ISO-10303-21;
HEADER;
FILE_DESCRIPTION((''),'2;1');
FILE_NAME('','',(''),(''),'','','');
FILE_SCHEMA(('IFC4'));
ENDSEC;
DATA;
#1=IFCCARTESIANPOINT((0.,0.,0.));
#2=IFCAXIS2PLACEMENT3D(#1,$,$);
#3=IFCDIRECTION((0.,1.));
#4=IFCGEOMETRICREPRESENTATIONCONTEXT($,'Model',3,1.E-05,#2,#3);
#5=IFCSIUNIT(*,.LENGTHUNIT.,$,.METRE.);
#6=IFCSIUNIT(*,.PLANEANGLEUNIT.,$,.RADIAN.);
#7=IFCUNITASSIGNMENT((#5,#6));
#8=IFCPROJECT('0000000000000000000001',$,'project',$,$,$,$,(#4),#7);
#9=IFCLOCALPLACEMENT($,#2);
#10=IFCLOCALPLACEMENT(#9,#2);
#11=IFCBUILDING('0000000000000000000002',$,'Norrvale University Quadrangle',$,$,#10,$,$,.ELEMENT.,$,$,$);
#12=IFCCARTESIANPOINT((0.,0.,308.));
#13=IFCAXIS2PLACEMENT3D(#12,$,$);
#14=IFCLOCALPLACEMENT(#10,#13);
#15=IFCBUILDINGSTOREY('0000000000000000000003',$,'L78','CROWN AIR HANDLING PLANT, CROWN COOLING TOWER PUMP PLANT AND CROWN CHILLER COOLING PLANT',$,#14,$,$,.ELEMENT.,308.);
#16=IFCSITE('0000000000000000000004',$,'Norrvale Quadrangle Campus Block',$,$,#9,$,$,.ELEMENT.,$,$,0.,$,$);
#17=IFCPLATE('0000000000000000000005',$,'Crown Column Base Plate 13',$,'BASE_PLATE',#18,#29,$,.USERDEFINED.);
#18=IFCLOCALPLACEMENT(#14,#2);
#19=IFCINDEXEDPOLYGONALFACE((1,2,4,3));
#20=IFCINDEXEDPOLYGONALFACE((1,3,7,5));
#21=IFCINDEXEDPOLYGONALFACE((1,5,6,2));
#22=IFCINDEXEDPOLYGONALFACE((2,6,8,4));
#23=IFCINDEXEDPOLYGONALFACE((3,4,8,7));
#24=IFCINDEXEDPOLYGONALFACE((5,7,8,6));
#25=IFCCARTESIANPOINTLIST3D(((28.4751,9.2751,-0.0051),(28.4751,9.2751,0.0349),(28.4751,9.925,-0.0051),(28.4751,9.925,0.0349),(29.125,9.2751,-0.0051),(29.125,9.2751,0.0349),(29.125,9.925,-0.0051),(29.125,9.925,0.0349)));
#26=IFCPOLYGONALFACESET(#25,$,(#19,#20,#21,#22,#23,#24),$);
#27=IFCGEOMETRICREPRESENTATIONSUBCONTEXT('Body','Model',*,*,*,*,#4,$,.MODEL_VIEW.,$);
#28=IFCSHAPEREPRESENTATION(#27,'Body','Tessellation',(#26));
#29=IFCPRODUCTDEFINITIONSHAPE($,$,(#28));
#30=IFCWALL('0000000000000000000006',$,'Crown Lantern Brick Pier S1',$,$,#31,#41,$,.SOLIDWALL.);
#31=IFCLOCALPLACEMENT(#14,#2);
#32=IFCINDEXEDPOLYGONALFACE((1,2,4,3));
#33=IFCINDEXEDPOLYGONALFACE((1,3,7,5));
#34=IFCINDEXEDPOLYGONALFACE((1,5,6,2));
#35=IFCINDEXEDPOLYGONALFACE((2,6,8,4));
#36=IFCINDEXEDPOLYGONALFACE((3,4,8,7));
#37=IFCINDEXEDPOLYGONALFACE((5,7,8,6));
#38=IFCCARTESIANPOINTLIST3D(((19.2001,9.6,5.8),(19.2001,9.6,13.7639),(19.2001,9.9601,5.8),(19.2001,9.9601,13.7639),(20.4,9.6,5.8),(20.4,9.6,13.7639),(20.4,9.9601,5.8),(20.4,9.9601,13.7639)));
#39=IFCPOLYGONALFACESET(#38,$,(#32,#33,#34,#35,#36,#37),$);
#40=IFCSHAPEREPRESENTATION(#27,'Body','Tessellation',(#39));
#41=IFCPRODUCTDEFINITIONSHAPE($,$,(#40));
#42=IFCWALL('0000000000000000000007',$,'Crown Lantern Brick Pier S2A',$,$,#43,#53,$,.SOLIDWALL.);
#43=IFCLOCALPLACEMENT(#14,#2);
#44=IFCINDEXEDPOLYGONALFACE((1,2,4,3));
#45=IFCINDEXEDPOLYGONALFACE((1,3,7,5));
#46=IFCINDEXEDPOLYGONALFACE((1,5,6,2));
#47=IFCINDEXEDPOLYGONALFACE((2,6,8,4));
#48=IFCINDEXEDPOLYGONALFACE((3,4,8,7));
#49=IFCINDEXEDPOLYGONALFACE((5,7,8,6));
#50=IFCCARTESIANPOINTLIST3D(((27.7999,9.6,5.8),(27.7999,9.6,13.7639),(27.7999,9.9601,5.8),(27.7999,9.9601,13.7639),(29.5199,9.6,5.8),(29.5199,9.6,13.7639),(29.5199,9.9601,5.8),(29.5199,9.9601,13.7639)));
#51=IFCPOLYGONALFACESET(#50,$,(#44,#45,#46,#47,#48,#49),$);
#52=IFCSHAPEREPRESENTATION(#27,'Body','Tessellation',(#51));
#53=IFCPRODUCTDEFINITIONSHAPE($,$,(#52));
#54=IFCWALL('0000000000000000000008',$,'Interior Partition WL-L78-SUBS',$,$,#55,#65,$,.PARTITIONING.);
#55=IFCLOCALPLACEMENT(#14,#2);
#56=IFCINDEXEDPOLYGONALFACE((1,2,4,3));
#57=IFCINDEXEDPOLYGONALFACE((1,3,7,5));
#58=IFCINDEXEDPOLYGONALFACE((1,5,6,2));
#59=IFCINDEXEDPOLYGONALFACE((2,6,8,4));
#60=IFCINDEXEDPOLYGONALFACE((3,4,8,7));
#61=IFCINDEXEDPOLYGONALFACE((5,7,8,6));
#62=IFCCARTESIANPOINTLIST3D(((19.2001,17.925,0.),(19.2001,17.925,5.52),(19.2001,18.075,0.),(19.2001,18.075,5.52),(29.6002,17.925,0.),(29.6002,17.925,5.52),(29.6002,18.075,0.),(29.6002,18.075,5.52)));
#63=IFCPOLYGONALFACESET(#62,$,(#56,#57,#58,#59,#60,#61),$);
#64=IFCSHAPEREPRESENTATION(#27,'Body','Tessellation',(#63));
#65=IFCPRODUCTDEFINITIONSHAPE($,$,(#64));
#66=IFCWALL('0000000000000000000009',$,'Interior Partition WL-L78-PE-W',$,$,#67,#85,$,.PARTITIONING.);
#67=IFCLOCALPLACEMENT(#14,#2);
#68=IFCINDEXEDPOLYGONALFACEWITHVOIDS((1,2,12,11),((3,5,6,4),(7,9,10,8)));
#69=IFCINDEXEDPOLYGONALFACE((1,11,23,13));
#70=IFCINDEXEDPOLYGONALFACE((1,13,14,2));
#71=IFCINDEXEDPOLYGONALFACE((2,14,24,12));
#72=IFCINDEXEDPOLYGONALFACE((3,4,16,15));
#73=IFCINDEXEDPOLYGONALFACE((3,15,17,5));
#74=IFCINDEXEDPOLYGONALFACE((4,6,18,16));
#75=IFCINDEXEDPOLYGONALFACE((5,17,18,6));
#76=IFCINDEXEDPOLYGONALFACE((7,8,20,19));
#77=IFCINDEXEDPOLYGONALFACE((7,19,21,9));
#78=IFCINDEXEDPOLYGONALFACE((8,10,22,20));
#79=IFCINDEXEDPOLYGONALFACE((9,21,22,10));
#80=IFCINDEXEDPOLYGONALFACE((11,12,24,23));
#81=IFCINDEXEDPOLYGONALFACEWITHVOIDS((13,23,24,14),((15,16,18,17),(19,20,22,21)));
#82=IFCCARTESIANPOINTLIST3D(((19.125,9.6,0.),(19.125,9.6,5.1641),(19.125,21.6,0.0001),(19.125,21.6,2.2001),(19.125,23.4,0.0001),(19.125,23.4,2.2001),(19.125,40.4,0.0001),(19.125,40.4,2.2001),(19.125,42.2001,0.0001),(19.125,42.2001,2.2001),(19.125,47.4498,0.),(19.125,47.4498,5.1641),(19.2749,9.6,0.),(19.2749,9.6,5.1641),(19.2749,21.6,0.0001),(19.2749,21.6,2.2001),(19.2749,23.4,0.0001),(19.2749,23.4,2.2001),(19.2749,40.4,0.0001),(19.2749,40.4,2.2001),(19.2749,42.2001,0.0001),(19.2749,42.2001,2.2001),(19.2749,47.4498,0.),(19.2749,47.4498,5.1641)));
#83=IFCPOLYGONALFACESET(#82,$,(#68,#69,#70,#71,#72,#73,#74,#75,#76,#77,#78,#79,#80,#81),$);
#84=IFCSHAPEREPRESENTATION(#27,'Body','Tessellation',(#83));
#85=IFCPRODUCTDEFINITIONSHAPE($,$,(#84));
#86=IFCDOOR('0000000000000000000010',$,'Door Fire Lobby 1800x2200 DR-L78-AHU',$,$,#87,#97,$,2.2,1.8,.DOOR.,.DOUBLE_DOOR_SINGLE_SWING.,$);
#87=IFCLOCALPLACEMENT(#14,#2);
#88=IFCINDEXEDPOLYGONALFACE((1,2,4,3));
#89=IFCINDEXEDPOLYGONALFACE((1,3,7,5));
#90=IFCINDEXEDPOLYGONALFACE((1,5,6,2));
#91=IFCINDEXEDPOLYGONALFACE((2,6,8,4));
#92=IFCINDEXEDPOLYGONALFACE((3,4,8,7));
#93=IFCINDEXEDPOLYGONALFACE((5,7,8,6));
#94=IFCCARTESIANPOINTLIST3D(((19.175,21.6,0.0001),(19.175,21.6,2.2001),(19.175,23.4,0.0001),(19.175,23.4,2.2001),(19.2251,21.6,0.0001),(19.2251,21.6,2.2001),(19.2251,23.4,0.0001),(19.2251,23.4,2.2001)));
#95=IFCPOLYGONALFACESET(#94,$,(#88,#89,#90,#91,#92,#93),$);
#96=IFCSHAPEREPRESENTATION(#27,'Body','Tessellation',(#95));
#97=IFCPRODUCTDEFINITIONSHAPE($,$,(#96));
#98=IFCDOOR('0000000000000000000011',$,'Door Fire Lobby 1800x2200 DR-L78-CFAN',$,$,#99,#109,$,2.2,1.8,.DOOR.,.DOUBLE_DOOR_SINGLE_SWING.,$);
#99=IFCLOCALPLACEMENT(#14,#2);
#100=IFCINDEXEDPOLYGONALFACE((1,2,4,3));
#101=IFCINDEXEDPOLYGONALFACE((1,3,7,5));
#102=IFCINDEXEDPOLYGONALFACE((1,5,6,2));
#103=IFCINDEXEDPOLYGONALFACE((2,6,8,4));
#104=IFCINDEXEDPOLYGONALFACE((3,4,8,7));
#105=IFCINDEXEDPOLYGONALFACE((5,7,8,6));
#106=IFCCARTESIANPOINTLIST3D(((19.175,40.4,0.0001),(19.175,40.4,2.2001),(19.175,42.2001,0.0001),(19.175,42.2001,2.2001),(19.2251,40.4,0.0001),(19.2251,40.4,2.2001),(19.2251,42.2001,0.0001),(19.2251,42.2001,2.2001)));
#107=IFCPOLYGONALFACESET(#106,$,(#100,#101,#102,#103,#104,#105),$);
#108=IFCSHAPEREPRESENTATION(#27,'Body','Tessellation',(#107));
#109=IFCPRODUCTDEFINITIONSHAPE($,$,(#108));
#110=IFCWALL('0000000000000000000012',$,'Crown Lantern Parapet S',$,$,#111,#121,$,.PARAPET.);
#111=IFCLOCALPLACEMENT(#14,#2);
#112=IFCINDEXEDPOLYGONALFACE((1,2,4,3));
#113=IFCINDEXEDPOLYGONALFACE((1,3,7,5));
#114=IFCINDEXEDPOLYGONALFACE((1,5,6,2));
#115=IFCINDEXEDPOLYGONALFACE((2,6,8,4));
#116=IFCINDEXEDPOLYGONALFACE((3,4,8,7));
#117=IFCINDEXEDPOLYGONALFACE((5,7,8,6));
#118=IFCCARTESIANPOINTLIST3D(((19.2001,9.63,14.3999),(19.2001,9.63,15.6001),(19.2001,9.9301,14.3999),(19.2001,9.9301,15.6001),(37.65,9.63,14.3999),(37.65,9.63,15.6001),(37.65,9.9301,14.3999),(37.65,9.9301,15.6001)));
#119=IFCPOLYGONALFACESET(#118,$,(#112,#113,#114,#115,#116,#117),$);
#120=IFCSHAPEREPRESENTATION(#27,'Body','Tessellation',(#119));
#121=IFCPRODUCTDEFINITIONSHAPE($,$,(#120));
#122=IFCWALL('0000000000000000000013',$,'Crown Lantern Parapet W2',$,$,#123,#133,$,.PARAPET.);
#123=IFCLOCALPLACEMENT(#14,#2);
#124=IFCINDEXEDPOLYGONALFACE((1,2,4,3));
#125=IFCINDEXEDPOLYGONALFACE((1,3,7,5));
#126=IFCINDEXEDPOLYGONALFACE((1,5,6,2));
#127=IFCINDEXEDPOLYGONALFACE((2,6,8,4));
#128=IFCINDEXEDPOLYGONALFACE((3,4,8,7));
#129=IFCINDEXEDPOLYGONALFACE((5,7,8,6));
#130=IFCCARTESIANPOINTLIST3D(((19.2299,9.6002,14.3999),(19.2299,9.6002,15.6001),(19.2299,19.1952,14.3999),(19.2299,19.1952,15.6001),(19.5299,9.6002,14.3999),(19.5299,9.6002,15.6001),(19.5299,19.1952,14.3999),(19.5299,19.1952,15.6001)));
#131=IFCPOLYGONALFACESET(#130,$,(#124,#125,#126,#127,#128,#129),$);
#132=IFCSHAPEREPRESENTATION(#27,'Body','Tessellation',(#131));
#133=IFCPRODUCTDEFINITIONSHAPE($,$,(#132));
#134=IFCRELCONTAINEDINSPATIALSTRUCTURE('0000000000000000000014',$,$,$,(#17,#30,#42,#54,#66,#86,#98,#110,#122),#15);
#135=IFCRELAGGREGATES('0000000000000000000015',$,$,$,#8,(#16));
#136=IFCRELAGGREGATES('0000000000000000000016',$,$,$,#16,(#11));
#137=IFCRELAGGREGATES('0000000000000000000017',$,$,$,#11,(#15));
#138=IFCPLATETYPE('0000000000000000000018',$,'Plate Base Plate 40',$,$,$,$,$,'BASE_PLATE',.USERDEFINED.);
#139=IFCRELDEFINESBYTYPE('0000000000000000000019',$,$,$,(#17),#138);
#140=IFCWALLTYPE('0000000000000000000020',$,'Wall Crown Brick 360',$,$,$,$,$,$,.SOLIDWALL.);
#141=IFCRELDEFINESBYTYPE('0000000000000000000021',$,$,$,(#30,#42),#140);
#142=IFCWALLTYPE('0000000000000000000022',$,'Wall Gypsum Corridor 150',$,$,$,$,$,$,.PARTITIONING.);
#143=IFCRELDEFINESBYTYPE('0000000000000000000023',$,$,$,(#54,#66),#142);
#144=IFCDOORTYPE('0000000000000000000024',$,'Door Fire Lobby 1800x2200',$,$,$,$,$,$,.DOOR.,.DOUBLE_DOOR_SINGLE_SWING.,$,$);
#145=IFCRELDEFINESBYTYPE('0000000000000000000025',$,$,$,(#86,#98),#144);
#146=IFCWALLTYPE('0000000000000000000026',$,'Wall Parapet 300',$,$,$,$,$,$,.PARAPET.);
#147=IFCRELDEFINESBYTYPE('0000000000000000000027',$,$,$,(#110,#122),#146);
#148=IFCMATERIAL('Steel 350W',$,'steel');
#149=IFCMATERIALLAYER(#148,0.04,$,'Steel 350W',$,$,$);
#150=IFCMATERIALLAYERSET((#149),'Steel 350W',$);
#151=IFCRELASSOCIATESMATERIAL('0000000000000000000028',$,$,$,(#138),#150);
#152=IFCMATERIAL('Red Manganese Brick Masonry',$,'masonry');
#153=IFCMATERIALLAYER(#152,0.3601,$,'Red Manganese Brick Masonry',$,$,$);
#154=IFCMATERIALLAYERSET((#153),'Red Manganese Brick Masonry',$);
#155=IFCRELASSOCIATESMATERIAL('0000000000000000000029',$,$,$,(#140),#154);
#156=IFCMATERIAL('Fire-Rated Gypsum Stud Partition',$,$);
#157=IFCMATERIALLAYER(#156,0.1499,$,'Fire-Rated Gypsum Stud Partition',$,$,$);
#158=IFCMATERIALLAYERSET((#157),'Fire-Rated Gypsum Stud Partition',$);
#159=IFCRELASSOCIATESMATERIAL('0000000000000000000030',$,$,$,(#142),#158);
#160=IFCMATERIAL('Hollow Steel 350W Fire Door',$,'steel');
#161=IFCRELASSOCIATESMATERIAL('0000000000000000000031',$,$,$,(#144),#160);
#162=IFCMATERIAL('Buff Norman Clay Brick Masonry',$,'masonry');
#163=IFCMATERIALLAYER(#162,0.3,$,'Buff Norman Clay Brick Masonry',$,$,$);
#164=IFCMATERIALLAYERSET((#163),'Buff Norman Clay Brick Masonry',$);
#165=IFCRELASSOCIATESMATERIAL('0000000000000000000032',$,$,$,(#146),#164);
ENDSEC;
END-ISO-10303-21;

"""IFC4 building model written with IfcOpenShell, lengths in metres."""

from ifc_helpers import new_model, si_unit, direction, frame, frame_2d, origin, origin_2d, place, context, subcontext, project, spatial, rectangle, extrude, material, layer, layer_set, type_object, element, fill, save


model = new_model("IFC4")

# Units and contexts
model_context = context("Model", 3, precision=1e-05, world=origin(), true_north=direction((0.0, 1.0)))
body_context = subcontext(model_context, "Body", "Model", "MODEL_VIEW")
ifc_project = project(units=[si_unit("LENGTHUNIT", "METRE"), si_unit("PLANEANGLEUNIT", "RADIAN")], contexts=[model_context])

# Site, building, storey
site_placement = place(None, origin())
site = spatial("IfcSite", under=ifc_project, at=site_placement, Name="Norrvale Quadrangle Campus Block", CompositionType="ELEMENT", RefElevation=0.0)
building_placement = place(site_placement, origin())
building = spatial("IfcBuilding", under=site, at=building_placement, Name="Norrvale University Quadrangle", CompositionType="ELEMENT")
storey_placement = place(building_placement, frame((0.0, 0.0, 308.0)))
storey = spatial("IfcBuildingStorey", under=building, at=storey_placement, Name="L78", Description="CROWN AIR HANDLING PLANT, CROWN COOLING TOWER PUMP PLANT AND CROWN CHILLER COOLING PLANT", CompositionType="ELEMENT", Elevation=308.0)

# Shared definitions
ifc_material_1 = material(Name="Steel 350W", Category="steel")

# Plate
ifc_layer_1 = layer(ifc_material_1, 0.04, Name="Steel 350W")
ifc_layer_set_1 = layer_set([ifc_layer_1], Name="Steel 350W")
plate_type_1 = type_object("IfcPlateType", Name="Plate Base Plate 40", ElementType="BASE_PLATE", PredefinedType="USERDEFINED", material=ifc_layer_set_1)
plate_1_placement = place(storey_placement, frame((28.8, 9.6001, -0.0051), z_axis=(0.0, 0.0, 1.0), x_axis=(1.0, 0.0, 0.0)))
element("IfcPlate", 1, at=plate_1_placement, inside=storey, type_object=plate_type_1, Name="Crown Column Base Plate 13", ObjectType="BASE_PLATE", PredefinedType="USERDEFINED", context=body_context, shape_type="SweptSolid", body=[
    extrude(rectangle(XDim=0.6499, YDim=0.6499, at=origin_2d()), origin(), (0.0, 0.0, 1.0), 0.04),
])

# Walls
ifc_material_2 = material(Name="Red Manganese Brick Masonry", Category="masonry")
ifc_layer_2 = layer(ifc_material_2, 0.3601, Name="Red Manganese Brick Masonry")
ifc_layer_set_2 = layer_set([ifc_layer_2], Name="Red Manganese Brick Masonry")
wall_type_1 = type_object("IfcWallType", Name="Wall Crown Brick 360", PredefinedType="SOLIDWALL", material=ifc_layer_set_2)
wall_1_placement = place(storey_placement, frame((19.2, 9.78, 5.8), z_axis=(0.0, 0.0, 1.0), x_axis=(1.0, 0.0, 0.0)))
element("IfcWall", 2, at=wall_1_placement, inside=storey, type_object=wall_type_1, Name="Crown Lantern Brick Pier S1", PredefinedType="SOLIDWALL", context=body_context, shape_type="SweptSolid", body=[
    extrude(rectangle(XDim=1.2, YDim=0.3601, at=frame_2d((0.6001, 0.0))), origin(), (0.0, 0.0, 1.0), 7.9639),
])
wall_2_placement = place(storey_placement, frame((27.8, 9.78, 5.8), z_axis=(0.0, 0.0, 1.0), x_axis=(1.0, 0.0, 0.0)))
element("IfcWall", 3, at=wall_2_placement, inside=storey, type_object=wall_type_1, Name="Crown Lantern Brick Pier S2A", PredefinedType="SOLIDWALL", context=body_context, shape_type="SweptSolid", body=[
    extrude(rectangle(XDim=1.72, YDim=0.3601, at=frame_2d((0.8599, 0.0))), origin(), (0.0, 0.0, 1.0), 7.9639),
])
ifc_material_3 = material(Name="Fire-Rated Gypsum Stud Partition")
ifc_layer_3 = layer(ifc_material_3, 0.1499, Name="Fire-Rated Gypsum Stud Partition")
ifc_layer_set_3 = layer_set([ifc_layer_3], Name="Fire-Rated Gypsum Stud Partition")
wall_type_2 = type_object("IfcWallType", Name="Wall Gypsum Corridor 150", PredefinedType="PARTITIONING", material=ifc_layer_set_3)
wall_3_placement = place(storey_placement, frame((19.2, 18.0, 0.0), z_axis=(0.0, 0.0, 1.0), x_axis=(1.0, 0.0, 0.0)))
element("IfcWall", 4, at=wall_3_placement, inside=storey, type_object=wall_type_2, Name="Interior Partition WL-L78-SUBS", PredefinedType="PARTITIONING", context=body_context, shape_type="SweptSolid", body=[
    extrude(rectangle(XDim=10.4001, YDim=0.1499, at=frame_2d((5.2002, 0.0))), origin(), (0.0, 0.0, 1.0), 5.52),
])

# Wall, openings, doors
wall_4_placement = place(storey_placement, frame((19.2, 9.6001, 0.0), z_axis=(0.0, 0.0, 1.0), x_axis=(0.0, 1.0, 0.0)))
wall_4 = element("IfcWall", 5, at=wall_4_placement, inside=storey, type_object=wall_type_2, Name="Interior Partition WL-L78-PE-W", PredefinedType="PARTITIONING", context=body_context, shape_type="SweptSolid", body=[
    extrude(rectangle(XDim=37.8499, YDim=0.1499, at=frame_2d((18.9248, 0.0))), origin(), (0.0, 0.0, 1.0), 5.1641),
])
opening_1_placement = place(wall_4_placement, frame((12.0, 0.0, 0.0)))
opening_1 = element("IfcOpeningElement", 6, at=opening_1_placement, cuts=wall_4, PredefinedType="OPENING", context=body_context, shape_type="SweptSolid", body=[
    extrude(rectangle(XDim=1.8, YDim=2.2, at=frame_2d((0.8999, 1.1001))), frame((0.0, 0.0869, 0.0), z_axis=(0.0, -1.0, 0.0), x_axis=(1.0, 0.0, 0.0)), (0.0, 0.0, 1.0), 0.1738),
])
opening_2_placement = place(wall_4_placement, frame((30.8, 0.0, 0.0)))
opening_2 = element("IfcOpeningElement", 7, at=opening_2_placement, cuts=wall_4, PredefinedType="OPENING", context=body_context, shape_type="SweptSolid", body=[
    extrude(rectangle(XDim=1.8, YDim=2.2, at=frame_2d((0.8999, 1.1001))), frame((0.0, 0.0869, 0.0), z_axis=(0.0, -1.0, 0.0), x_axis=(1.0, 0.0, 0.0)), (0.0, 0.0, 1.0), 0.1738),
])
ifc_material_4 = material(Name="Hollow Steel 350W Fire Door", Category="steel")
door_type = type_object("IfcDoorType", Name="Door Fire Lobby 1800x2200", OperationType="DOUBLE_DOOR_SINGLE_SWING", PredefinedType="DOOR", material=ifc_material_4)
door_1_placement = place(opening_1_placement, origin())
door_1 = element("IfcDoor", 8, at=door_1_placement, inside=storey, type_object=door_type, Name="Door Fire Lobby 1800x2200 DR-L78-AHU", OperationType="DOUBLE_DOOR_SINGLE_SWING", OverallHeight=2.2, OverallWidth=1.8, PredefinedType="DOOR", context=body_context, shape_type="SweptSolid", body=[
    extrude(rectangle(XDim=1.8, YDim=2.2, at=frame_2d((0.8999, 1.1001))), frame((0.0, 0.0249, 0.0), z_axis=(0.0, -1.0, 0.0), x_axis=(1.0, 0.0, 0.0)), (0.0, 0.0, 1.0), 0.05),
])
fill(opening_1, door_1)
door_2_placement = place(opening_2_placement, origin())
door_2 = element("IfcDoor", 9, at=door_2_placement, inside=storey, type_object=door_type, Name="Door Fire Lobby 1800x2200 DR-L78-CFAN", OperationType="DOUBLE_DOOR_SINGLE_SWING", OverallHeight=2.2, OverallWidth=1.8, PredefinedType="DOOR", context=body_context, shape_type="SweptSolid", body=[
    extrude(rectangle(XDim=1.8, YDim=2.2, at=frame_2d((0.8999, 1.1001))), frame((0.0, 0.0249, 0.0), z_axis=(0.0, -1.0, 0.0), x_axis=(1.0, 0.0, 0.0)), (0.0, 0.0, 1.0), 0.05),
])
fill(opening_2, door_2)

# Walls
ifc_material_5 = material(Name="Buff Norman Clay Brick Masonry", Category="masonry")
ifc_layer_4 = layer(ifc_material_5, 0.3, Name="Buff Norman Clay Brick Masonry")
ifc_layer_set_4 = layer_set([ifc_layer_4], Name="Buff Norman Clay Brick Masonry")
wall_type_3 = type_object("IfcWallType", Name="Wall Parapet 300", PredefinedType="PARAPET", material=ifc_layer_set_4)
wall_5_placement = place(storey_placement, frame((19.2, 9.78, 14.3999), z_axis=(0.0, 0.0, 1.0), x_axis=(1.0, 0.0, 0.0)))
element("IfcWall", 10, at=wall_5_placement, inside=storey, type_object=wall_type_3, Name="Crown Lantern Parapet S", PredefinedType="PARAPET", context=body_context, shape_type="SweptSolid", body=[
    extrude(rectangle(XDim=18.45, YDim=0.3, at=frame_2d((9.2251, 0.0))), origin(), (0.0, 0.0, 1.0), 1.2002),
])
wall_6_placement = place(storey_placement, frame((19.3799, 19.1951, 14.3999), z_axis=(0.0, 0.0, 1.0), x_axis=(0.0, -1.0, 0.0)))
element("IfcWall", 11, at=wall_6_placement, inside=storey, type_object=wall_type_3, Name="Crown Lantern Parapet W2", PredefinedType="PARAPET", context=body_context, shape_type="SweptSolid", body=[
    extrude(rectangle(XDim=9.595, YDim=0.3, at=frame_2d((4.7974, 0.0))), origin(), (0.0, 0.0, 1.0), 1.2002),
])

save(model, "model.ifc")
